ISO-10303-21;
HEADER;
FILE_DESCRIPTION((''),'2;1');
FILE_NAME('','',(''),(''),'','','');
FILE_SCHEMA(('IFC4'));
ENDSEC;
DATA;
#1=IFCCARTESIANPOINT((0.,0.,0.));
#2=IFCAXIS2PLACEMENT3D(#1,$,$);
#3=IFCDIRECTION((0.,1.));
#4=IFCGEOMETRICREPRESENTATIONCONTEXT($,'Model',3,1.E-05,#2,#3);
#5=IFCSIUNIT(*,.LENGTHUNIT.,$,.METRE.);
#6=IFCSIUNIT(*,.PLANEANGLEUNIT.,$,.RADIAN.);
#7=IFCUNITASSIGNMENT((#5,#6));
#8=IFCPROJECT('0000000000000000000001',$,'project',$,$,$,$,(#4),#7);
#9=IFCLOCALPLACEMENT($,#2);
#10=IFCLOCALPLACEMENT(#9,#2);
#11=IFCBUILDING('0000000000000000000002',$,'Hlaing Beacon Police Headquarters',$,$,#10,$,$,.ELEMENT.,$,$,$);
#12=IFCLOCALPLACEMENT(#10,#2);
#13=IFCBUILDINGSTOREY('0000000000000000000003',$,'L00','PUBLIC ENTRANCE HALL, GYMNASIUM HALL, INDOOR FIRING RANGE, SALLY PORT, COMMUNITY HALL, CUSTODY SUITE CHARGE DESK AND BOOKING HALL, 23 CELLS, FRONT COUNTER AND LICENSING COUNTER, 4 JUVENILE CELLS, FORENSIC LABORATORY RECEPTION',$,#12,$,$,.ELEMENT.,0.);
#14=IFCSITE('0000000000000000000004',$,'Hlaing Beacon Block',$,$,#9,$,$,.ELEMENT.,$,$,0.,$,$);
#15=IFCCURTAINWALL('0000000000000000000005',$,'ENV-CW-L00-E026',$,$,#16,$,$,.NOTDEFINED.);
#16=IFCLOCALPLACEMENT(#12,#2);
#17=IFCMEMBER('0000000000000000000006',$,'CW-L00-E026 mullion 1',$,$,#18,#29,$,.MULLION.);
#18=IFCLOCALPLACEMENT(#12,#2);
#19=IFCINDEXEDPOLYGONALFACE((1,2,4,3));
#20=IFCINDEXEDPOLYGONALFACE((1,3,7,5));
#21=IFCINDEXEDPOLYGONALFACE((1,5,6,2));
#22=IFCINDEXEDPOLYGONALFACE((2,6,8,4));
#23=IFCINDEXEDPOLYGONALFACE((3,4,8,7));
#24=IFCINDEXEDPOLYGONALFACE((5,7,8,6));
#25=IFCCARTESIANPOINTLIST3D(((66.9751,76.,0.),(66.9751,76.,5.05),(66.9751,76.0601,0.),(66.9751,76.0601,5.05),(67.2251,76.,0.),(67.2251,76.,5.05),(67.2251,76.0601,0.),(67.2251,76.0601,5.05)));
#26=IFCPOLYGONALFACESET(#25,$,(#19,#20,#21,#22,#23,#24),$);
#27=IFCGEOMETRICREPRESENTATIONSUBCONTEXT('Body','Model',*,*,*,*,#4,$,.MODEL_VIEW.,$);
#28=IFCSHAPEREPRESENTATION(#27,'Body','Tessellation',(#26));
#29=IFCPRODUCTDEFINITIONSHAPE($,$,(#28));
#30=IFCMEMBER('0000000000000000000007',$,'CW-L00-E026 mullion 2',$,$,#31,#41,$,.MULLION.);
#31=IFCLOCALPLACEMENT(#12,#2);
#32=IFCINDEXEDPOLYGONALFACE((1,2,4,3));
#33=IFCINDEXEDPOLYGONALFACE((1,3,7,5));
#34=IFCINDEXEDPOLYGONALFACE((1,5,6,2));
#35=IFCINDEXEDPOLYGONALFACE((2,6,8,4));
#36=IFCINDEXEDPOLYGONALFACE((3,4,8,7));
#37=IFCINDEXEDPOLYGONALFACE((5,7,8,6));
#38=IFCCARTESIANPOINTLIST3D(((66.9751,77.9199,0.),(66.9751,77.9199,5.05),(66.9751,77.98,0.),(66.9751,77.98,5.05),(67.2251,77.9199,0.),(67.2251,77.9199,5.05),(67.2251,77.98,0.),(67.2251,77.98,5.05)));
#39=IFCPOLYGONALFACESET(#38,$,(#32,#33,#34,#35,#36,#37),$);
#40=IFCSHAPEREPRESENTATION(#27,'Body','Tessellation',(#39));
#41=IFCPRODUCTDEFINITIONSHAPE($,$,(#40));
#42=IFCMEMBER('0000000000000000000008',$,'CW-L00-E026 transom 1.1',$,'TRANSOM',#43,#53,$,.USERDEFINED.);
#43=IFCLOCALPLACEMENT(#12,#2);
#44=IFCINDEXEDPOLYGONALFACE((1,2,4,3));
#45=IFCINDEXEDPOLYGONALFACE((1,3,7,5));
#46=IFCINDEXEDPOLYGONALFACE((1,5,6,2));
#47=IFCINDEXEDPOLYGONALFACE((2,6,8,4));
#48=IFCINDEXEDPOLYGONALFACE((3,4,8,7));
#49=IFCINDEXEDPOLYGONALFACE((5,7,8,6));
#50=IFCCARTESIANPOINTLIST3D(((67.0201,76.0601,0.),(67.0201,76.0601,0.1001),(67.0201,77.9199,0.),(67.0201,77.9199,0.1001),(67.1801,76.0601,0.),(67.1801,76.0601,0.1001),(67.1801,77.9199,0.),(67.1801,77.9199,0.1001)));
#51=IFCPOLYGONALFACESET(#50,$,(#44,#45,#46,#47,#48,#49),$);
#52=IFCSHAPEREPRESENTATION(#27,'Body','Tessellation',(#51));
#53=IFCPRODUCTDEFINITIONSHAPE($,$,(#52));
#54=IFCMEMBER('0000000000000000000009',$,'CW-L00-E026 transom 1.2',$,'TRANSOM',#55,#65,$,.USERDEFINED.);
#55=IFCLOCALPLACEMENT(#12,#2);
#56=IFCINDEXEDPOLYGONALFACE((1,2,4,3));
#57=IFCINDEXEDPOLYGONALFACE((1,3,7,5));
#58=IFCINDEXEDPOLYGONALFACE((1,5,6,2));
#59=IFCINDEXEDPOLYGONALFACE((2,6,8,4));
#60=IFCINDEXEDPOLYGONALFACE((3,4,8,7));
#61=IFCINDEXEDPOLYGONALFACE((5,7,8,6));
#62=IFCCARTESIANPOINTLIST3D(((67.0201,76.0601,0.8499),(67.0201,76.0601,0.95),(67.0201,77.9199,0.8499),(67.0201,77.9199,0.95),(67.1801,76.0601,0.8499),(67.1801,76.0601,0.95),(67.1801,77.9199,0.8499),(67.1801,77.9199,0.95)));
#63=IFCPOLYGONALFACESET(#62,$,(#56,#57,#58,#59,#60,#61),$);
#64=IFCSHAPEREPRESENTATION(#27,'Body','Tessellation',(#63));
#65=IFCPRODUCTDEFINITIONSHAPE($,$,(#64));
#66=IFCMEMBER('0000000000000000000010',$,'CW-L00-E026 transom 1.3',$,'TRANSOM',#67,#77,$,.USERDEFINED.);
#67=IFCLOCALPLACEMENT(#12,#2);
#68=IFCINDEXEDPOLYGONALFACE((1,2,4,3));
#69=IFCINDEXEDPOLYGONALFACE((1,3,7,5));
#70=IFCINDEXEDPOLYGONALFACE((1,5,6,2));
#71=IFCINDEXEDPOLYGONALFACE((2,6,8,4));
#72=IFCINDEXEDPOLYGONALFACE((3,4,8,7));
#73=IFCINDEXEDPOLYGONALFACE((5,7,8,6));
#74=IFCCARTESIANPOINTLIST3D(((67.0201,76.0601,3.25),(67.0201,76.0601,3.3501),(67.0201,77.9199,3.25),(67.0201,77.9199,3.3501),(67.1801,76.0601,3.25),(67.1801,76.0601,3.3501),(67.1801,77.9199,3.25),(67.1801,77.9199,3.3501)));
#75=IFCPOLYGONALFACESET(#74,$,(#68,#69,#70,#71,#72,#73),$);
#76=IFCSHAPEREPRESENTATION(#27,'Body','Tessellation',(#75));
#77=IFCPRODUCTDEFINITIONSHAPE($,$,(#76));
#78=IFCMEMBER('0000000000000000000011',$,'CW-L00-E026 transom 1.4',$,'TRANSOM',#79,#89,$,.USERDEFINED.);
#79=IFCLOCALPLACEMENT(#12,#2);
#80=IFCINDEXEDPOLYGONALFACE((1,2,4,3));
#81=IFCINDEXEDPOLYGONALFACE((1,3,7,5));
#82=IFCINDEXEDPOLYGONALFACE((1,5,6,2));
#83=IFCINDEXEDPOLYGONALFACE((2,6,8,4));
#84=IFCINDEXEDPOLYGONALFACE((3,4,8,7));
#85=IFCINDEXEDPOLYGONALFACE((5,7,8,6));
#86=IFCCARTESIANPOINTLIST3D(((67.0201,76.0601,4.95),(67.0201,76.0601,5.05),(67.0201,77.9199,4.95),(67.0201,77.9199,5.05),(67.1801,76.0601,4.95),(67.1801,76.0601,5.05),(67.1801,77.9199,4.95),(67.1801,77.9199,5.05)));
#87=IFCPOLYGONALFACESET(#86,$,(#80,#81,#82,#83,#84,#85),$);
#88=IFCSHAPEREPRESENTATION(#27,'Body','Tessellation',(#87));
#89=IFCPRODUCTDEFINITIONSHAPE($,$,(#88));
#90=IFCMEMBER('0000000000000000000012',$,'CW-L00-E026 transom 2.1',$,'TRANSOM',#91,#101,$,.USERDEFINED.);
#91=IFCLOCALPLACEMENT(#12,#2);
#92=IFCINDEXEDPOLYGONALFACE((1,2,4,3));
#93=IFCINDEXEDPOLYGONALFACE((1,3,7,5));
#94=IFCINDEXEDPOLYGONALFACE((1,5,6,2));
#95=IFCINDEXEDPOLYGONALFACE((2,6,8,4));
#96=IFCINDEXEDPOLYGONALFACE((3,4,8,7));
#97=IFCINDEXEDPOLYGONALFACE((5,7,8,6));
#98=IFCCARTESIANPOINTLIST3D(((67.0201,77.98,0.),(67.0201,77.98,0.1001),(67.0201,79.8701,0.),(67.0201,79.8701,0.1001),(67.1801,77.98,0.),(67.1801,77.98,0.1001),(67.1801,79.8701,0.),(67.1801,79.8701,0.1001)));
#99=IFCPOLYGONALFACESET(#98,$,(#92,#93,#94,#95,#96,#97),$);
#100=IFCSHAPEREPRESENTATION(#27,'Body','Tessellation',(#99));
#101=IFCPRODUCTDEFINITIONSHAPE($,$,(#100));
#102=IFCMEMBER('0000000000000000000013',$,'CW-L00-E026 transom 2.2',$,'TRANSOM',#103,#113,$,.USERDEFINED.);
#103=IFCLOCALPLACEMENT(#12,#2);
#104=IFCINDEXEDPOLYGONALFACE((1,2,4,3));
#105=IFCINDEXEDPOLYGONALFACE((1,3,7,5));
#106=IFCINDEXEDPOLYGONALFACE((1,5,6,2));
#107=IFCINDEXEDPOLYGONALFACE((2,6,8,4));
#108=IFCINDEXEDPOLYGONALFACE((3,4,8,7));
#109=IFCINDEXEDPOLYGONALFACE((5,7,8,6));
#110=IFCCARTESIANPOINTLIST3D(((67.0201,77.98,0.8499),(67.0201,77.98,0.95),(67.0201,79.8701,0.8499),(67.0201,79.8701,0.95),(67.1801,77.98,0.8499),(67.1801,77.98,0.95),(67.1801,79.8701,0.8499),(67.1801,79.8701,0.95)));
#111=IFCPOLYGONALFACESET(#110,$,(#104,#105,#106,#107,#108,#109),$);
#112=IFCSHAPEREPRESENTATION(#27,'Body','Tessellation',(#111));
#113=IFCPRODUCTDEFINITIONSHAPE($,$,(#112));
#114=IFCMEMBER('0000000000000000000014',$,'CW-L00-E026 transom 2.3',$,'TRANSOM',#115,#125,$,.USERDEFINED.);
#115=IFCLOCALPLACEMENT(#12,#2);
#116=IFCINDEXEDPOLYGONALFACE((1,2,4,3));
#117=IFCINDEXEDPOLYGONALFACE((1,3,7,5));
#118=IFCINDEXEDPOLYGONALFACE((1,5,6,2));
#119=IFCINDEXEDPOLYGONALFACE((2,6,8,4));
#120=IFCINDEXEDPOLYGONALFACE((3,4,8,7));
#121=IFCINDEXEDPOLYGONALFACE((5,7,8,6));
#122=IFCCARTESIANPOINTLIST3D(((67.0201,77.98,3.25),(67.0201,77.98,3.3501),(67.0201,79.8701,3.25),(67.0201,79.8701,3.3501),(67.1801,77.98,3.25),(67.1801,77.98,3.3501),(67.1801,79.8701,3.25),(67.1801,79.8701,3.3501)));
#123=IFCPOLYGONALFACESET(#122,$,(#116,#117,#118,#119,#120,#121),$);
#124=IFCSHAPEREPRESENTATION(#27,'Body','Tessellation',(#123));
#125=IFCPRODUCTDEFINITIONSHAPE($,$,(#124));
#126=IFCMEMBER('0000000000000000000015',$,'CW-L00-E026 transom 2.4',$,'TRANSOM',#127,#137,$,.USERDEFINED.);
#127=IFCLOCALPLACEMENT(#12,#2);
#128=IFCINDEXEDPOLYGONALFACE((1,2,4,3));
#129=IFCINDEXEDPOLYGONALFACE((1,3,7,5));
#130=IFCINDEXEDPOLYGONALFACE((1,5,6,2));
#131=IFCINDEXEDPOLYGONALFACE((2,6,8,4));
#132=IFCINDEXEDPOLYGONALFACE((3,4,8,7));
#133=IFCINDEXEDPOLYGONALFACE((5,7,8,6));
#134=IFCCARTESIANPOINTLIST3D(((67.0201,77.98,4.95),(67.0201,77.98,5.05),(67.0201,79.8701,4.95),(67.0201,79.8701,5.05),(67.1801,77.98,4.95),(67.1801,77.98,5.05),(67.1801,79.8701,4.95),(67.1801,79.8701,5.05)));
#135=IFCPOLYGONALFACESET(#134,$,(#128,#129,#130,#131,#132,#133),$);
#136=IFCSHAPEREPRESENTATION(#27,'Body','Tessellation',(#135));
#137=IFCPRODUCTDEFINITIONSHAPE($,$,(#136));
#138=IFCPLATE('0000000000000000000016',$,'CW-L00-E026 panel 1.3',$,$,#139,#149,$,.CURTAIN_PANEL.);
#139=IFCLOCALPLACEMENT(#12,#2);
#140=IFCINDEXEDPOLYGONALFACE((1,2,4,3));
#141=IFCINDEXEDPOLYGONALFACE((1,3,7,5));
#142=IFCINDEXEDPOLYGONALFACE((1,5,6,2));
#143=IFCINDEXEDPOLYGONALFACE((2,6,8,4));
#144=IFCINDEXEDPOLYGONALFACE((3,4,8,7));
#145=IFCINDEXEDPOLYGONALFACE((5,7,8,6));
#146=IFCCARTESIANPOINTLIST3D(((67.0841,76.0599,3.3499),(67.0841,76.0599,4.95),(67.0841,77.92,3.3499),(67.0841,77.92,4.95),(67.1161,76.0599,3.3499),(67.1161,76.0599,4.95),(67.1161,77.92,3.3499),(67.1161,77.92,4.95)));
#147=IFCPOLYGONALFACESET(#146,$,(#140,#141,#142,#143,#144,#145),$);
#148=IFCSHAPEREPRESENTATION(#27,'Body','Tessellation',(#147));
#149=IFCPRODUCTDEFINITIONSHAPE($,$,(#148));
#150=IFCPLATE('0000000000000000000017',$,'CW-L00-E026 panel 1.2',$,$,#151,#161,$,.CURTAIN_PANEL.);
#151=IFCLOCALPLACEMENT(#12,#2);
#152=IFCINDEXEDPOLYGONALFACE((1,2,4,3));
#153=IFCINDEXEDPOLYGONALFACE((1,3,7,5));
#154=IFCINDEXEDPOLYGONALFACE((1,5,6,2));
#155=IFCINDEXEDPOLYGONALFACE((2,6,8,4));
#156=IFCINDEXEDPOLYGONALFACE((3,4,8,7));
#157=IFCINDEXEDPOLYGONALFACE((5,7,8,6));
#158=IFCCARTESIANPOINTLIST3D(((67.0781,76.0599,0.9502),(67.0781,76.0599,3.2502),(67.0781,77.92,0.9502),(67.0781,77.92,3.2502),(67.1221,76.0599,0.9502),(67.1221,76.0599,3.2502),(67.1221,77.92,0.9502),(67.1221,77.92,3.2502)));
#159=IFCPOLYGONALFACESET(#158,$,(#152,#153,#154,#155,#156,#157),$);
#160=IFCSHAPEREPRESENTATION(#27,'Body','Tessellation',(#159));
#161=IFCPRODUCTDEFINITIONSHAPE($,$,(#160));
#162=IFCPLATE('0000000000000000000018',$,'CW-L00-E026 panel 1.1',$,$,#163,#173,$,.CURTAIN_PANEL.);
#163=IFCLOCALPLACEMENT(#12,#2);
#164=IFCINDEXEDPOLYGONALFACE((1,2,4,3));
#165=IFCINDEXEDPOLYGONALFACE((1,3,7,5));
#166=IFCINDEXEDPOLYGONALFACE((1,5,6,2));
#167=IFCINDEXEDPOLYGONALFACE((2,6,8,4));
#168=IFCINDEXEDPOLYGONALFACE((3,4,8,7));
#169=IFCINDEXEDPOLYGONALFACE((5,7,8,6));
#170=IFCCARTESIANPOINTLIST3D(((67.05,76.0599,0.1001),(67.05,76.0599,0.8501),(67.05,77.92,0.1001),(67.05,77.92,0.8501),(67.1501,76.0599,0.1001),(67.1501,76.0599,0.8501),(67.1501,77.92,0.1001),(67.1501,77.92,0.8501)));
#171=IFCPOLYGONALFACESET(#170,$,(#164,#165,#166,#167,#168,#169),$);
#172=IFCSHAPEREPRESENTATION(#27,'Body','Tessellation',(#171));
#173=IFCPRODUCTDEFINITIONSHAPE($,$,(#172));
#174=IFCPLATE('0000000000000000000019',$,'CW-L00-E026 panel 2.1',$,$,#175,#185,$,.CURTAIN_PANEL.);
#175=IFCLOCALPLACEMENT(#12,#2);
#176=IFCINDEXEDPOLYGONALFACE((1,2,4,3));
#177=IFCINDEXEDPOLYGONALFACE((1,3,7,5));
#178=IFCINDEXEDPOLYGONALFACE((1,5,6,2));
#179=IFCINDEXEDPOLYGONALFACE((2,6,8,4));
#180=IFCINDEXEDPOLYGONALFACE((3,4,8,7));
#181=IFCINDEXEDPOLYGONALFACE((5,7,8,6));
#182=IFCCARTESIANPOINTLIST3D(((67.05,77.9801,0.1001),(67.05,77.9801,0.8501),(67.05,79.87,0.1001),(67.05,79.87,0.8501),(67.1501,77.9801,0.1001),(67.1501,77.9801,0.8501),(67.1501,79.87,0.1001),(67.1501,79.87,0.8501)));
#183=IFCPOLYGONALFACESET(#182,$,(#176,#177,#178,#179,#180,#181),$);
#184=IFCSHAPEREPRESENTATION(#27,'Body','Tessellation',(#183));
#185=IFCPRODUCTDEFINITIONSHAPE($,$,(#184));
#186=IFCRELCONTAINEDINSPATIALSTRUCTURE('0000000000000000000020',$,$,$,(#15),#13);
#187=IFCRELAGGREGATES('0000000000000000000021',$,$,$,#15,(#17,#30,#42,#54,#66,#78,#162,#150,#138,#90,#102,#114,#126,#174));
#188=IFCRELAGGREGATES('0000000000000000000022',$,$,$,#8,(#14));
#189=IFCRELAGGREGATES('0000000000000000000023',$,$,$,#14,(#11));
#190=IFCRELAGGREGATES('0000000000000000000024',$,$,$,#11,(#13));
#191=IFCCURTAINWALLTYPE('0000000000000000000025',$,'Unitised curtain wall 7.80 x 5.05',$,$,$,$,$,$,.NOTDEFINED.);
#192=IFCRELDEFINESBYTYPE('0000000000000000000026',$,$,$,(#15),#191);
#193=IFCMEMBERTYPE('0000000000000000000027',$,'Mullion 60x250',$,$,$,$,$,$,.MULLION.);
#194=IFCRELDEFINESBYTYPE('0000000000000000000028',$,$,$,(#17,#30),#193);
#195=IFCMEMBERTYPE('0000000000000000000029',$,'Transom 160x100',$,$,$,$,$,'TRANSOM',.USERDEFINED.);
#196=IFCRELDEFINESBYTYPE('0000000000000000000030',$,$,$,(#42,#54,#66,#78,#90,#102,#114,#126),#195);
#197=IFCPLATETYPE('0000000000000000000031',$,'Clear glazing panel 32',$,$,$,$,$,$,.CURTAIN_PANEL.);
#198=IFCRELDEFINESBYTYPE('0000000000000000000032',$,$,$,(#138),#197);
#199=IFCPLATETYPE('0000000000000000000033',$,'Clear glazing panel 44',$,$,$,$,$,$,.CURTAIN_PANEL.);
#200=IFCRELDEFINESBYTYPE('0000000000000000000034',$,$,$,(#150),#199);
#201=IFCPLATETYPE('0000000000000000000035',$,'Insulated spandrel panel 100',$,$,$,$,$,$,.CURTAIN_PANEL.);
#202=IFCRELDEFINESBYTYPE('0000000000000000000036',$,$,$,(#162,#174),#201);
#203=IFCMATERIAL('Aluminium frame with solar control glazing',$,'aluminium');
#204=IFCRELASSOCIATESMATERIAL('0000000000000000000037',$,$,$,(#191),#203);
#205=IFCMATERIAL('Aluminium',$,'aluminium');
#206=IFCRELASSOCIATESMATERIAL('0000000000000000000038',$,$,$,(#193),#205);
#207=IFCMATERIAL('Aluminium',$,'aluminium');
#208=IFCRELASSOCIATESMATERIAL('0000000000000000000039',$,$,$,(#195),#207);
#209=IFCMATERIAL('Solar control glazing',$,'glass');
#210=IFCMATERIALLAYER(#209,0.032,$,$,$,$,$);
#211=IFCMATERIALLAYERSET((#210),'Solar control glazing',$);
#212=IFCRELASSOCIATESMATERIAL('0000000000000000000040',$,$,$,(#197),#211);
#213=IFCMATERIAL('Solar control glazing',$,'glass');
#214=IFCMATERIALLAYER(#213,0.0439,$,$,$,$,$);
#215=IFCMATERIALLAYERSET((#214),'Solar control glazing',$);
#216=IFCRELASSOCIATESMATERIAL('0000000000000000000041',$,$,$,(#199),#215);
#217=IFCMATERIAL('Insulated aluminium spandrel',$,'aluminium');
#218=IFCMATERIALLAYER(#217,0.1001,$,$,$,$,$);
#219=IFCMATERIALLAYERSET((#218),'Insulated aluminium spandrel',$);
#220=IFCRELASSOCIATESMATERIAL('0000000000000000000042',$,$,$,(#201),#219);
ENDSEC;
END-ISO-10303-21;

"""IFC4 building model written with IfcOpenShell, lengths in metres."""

from ifc_helpers import new_model, si_unit, direction, frame, origin, origin_2d, place, context, subcontext, project, spatial, rectangle, extrude, material, layer, layer_set, material_profile, profile_set, type_object, element, aggregate, save


model = new_model("IFC4")

# Units and contexts
model_context = context("Model", 3, precision=1e-05, world=origin(), true_north=direction((0.0, 1.0)))
body_context = subcontext(model_context, "Body", "Model", "MODEL_VIEW")
ifc_project = project(units=[si_unit("LENGTHUNIT", "METRE"), si_unit("PLANEANGLEUNIT", "RADIAN")], contexts=[model_context])

# Site, building, storey
site_placement = place(None, origin())
site = spatial("IfcSite", under=ifc_project, at=site_placement, Name="Hlaing Beacon Block", CompositionType="ELEMENT", RefElevation=0.0)
building_placement = place(site_placement, origin())
building = spatial("IfcBuilding", under=site, at=building_placement, Name="Hlaing Beacon Police Headquarters", CompositionType="ELEMENT")
storey_placement = place(building_placement, origin())
storey = spatial("IfcBuildingStorey", under=building, at=storey_placement, Name="L00", Description="PUBLIC ENTRANCE HALL, GYMNASIUM HALL, INDOOR FIRING RANGE, SALLY PORT, COMMUNITY HALL, CUSTODY SUITE CHARGE DESK AND BOOKING HALL, 23 CELLS, FRONT COUNTER AND LICENSING COUNTER, 4 JUVENILE CELLS, FORENSIC LABORATORY RECEPTION", CompositionType="ELEMENT", Elevation=0.0)

# Curtain wall, members, plates
ifc_material_1 = material(Name="Aluminium frame with solar control glazing", Category="aluminium")
curtain_wall_type = type_object("IfcCurtainWallType", Name="Unitised curtain wall 7.80 x 5.05", PredefinedType="NOTDEFINED", material=ifc_material_1)
curtain_wall_placement = place(storey_placement, origin())
curtain_wall = element("IfcCurtainWall", 1, at=curtain_wall_placement, inside=storey, type_object=curtain_wall_type, Name="ENV-CW-L00-E026", PredefinedType="NOTDEFINED")
ifc_material_2 = material(Name="Aluminium", Category="aluminium")
ifc_material_profile_1 = material_profile(ifc_material_2, rectangle(XDim=0.25, YDim=0.0601, at=origin_2d()), Name="Mullion 60x250")
ifc_profile_set_1 = profile_set([ifc_material_profile_1], Name="Aluminium")
member_type_1 = type_object("IfcMemberType", Name="Mullion 60x250", PredefinedType="MULLION", material=ifc_profile_set_1)
member_1_placement = place(storey_placement, frame((67.1001, 76.03, 0.0), z_axis=(0.0, 0.0, 1.0), x_axis=(-1.0, 0.0, 0.0)))
member_1 = element("IfcMember", 2, at=member_1_placement, type_object=member_type_1, Name="CW-L00-E026 mullion 1", PredefinedType="MULLION", context=body_context, shape_type="SweptSolid", body=[
    extrude(rectangle(XDim=0.25, YDim=0.0601, at=origin_2d()), origin(), (0.0, 0.0, 1.0), 5.05),
])
member_2_placement = place(storey_placement, frame((67.1001, 77.95, 0.0), z_axis=(0.0, 0.0, 1.0), x_axis=(-1.0, 0.0, 0.0)))
member_2 = element("IfcMember", 3, at=member_2_placement, type_object=member_type_1, Name="CW-L00-E026 mullion 2", PredefinedType="MULLION", context=body_context, shape_type="SweptSolid", body=[
    extrude(rectangle(XDim=0.25, YDim=0.0601, at=origin_2d()), origin(), (0.0, 0.0, 1.0), 5.05),
])
ifc_material_3 = material(Name="Aluminium", Category="aluminium")
ifc_material_profile_2 = material_profile(ifc_material_3, rectangle(XDim=0.1599, YDim=0.1001, at=origin_2d()), Name="Transom 160x100")
ifc_profile_set_2 = profile_set([ifc_material_profile_2], Name="Aluminium")
member_type_2 = type_object("IfcMemberType", Name="Transom 160x100", ElementType="TRANSOM", PredefinedType="USERDEFINED", material=ifc_profile_set_2)
member_3_placement = place(storey_placement, frame((67.1001, 76.0601, 0.05), z_axis=(0.0, 1.0, 0.0), x_axis=(-1.0, 0.0, 0.0)))
member_3 = element("IfcMember", 4, at=member_3_placement, type_object=member_type_2, Name="CW-L00-E026 transom 1.1", ObjectType="TRANSOM", PredefinedType="USERDEFINED", context=body_context, shape_type="SweptSolid", body=[
    extrude(rectangle(XDim=0.1599, YDim=0.1001, at=origin_2d()), origin(), (0.0, 0.0, 1.0), 1.8599),
])
member_4_placement = place(storey_placement, frame((67.1001, 76.0601, 0.8999), z_axis=(0.0, 1.0, 0.0), x_axis=(-1.0, 0.0, 0.0)))
member_4 = element("IfcMember", 5, at=member_4_placement, type_object=member_type_2, Name="CW-L00-E026 transom 1.2", ObjectType="TRANSOM", PredefinedType="USERDEFINED", context=body_context, shape_type="SweptSolid", body=[
    extrude(rectangle(XDim=0.1599, YDim=0.1001, at=origin_2d()), origin(), (0.0, 0.0, 1.0), 1.8599),
])
member_5_placement = place(storey_placement, frame((67.1001, 76.0601, 3.3), z_axis=(0.0, 1.0, 0.0), x_axis=(-1.0, 0.0, 0.0)))
member_5 = element("IfcMember", 6, at=member_5_placement, type_object=member_type_2, Name="CW-L00-E026 transom 1.3", ObjectType="TRANSOM", PredefinedType="USERDEFINED", context=body_context, shape_type="SweptSolid", body=[
    extrude(rectangle(XDim=0.1599, YDim=0.1001, at=origin_2d()), origin(), (0.0, 0.0, 1.0), 1.8599),
])
member_6_placement = place(storey_placement, frame((67.1001, 76.0601, 5.0), z_axis=(0.0, 1.0, 0.0), x_axis=(-1.0, 0.0, 0.0)))
member_6 = element("IfcMember", 7, at=member_6_placement, type_object=member_type_2, Name="CW-L00-E026 transom 1.4", ObjectType="TRANSOM", PredefinedType="USERDEFINED", context=body_context, shape_type="SweptSolid", body=[
    extrude(rectangle(XDim=0.1599, YDim=0.1001, at=origin_2d()), origin(), (0.0, 0.0, 1.0), 1.8599),
])
member_7_placement = place(storey_placement, frame((67.1001, 77.98, 0.05), z_axis=(0.0, 1.0, 0.0), x_axis=(-1.0, 0.0, 0.0)))
member_7 = element("IfcMember", 8, at=member_7_placement, type_object=member_type_2, Name="CW-L00-E026 transom 2.1", ObjectType="TRANSOM", PredefinedType="USERDEFINED", context=body_context, shape_type="SweptSolid", body=[
    extrude(rectangle(XDim=0.1599, YDim=0.1001, at=origin_2d()), origin(), (0.0, 0.0, 1.0), 1.8901),
])
member_8_placement = place(storey_placement, frame((67.1001, 77.98, 0.8999), z_axis=(0.0, 1.0, 0.0), x_axis=(-1.0, 0.0, 0.0)))
member_8 = element("IfcMember", 9, at=member_8_placement, type_object=member_type_2, Name="CW-L00-E026 transom 2.2", ObjectType="TRANSOM", PredefinedType="USERDEFINED", context=body_context, shape_type="SweptSolid", body=[
    extrude(rectangle(XDim=0.1599, YDim=0.1001, at=origin_2d()), origin(), (0.0, 0.0, 1.0), 1.8901),
])
member_9_placement = place(storey_placement, frame((67.1001, 77.98, 3.3), z_axis=(0.0, 1.0, 0.0), x_axis=(-1.0, 0.0, 0.0)))
member_9 = element("IfcMember", 10, at=member_9_placement, type_object=member_type_2, Name="CW-L00-E026 transom 2.3", ObjectType="TRANSOM", PredefinedType="USERDEFINED", context=body_context, shape_type="SweptSolid", body=[
    extrude(rectangle(XDim=0.1599, YDim=0.1001, at=origin_2d()), origin(), (0.0, 0.0, 1.0), 1.8901),
])
member_10_placement = place(storey_placement, frame((67.1001, 77.98, 5.0), z_axis=(0.0, 1.0, 0.0), x_axis=(-1.0, 0.0, 0.0)))
member_10 = element("IfcMember", 11, at=member_10_placement, type_object=member_type_2, Name="CW-L00-E026 transom 2.4", ObjectType="TRANSOM", PredefinedType="USERDEFINED", context=body_context, shape_type="SweptSolid", body=[
    extrude(rectangle(XDim=0.1599, YDim=0.1001, at=origin_2d()), origin(), (0.0, 0.0, 1.0), 1.8901),
])
ifc_material_4 = material(Name="Solar control glazing", Category="glass")
ifc_layer_1 = layer(ifc_material_4, 0.032)
ifc_layer_set_1 = layer_set([ifc_layer_1], Name="Solar control glazing")
plate_type_1 = type_object("IfcPlateType", Name="Clear glazing panel 32", PredefinedType="CURTAIN_PANEL", material=ifc_layer_set_1)
plate_1_placement = place(storey_placement, frame((67.1001, 76.99, 3.3499), z_axis=(0.0, 0.0, 1.0), x_axis=(0.0, 1.0, 0.0)))
plate_1 = element("IfcPlate", 12, at=plate_1_placement, type_object=plate_type_1, Name="CW-L00-E026 panel 1.3", PredefinedType="CURTAIN_PANEL", context=body_context, shape_type="SweptSolid", body=[
    extrude(rectangle(XDim=1.8601, YDim=0.032, at=origin_2d()), origin(), (0.0, 0.0, 1.0), 1.6001),
])
ifc_material_5 = material(Name="Solar control glazing", Category="glass")
ifc_layer_2 = layer(ifc_material_5, 0.0439)
ifc_layer_set_2 = layer_set([ifc_layer_2], Name="Solar control glazing")
plate_type_2 = type_object("IfcPlateType", Name="Clear glazing panel 44", PredefinedType="CURTAIN_PANEL", material=ifc_layer_set_2)
plate_2_placement = place(storey_placement, frame((67.1001, 76.99, 0.9502), z_axis=(0.0, 0.0, 1.0), x_axis=(0.0, 1.0, 0.0)))
plate_2 = element("IfcPlate", 13, at=plate_2_placement, type_object=plate_type_2, Name="CW-L00-E026 panel 1.2", PredefinedType="CURTAIN_PANEL", context=body_context, shape_type="SweptSolid", body=[
    extrude(rectangle(XDim=1.8601, YDim=0.0439, at=origin_2d()), origin(), (0.0, 0.0, 1.0), 2.3),
])
ifc_material_6 = material(Name="Insulated aluminium spandrel", Category="aluminium")
ifc_layer_3 = layer(ifc_material_6, 0.1001)
ifc_layer_set_3 = layer_set([ifc_layer_3], Name="Insulated aluminium spandrel")
plate_type_3 = type_object("IfcPlateType", Name="Insulated spandrel panel 100", PredefinedType="CURTAIN_PANEL", material=ifc_layer_set_3)
plate_3_placement = place(storey_placement, frame((67.1001, 76.99, 0.1001), z_axis=(0.0, 0.0, 1.0), x_axis=(0.0, 1.0, 0.0)))
plate_3 = element("IfcPlate", 14, at=plate_3_placement, type_object=plate_type_3, Name="CW-L00-E026 panel 1.1", PredefinedType="CURTAIN_PANEL", context=body_context, shape_type="SweptSolid", body=[
    extrude(rectangle(XDim=1.8601, YDim=0.1001, at=origin_2d()), origin(), (0.0, 0.0, 1.0), 0.75),
])
plate_4_placement = place(storey_placement, frame((67.1001, 78.925, 0.1001), z_axis=(0.0, 0.0, 1.0), x_axis=(0.0, 1.0, 0.0)))
plate_4 = element("IfcPlate", 15, at=plate_4_placement, type_object=plate_type_3, Name="CW-L00-E026 panel 2.1", PredefinedType="CURTAIN_PANEL", context=body_context, shape_type="SweptSolid", body=[
    extrude(rectangle(XDim=1.8899, YDim=0.1001, at=origin_2d()), origin(), (0.0, 0.0, 1.0), 0.75),
])
aggregate(curtain_wall, [member_1, member_2, member_3, member_4, member_5, member_6, plate_3, plate_2, plate_1, member_7, member_8, member_9, member_10, plate_4])

save(model, "model.ifc")
